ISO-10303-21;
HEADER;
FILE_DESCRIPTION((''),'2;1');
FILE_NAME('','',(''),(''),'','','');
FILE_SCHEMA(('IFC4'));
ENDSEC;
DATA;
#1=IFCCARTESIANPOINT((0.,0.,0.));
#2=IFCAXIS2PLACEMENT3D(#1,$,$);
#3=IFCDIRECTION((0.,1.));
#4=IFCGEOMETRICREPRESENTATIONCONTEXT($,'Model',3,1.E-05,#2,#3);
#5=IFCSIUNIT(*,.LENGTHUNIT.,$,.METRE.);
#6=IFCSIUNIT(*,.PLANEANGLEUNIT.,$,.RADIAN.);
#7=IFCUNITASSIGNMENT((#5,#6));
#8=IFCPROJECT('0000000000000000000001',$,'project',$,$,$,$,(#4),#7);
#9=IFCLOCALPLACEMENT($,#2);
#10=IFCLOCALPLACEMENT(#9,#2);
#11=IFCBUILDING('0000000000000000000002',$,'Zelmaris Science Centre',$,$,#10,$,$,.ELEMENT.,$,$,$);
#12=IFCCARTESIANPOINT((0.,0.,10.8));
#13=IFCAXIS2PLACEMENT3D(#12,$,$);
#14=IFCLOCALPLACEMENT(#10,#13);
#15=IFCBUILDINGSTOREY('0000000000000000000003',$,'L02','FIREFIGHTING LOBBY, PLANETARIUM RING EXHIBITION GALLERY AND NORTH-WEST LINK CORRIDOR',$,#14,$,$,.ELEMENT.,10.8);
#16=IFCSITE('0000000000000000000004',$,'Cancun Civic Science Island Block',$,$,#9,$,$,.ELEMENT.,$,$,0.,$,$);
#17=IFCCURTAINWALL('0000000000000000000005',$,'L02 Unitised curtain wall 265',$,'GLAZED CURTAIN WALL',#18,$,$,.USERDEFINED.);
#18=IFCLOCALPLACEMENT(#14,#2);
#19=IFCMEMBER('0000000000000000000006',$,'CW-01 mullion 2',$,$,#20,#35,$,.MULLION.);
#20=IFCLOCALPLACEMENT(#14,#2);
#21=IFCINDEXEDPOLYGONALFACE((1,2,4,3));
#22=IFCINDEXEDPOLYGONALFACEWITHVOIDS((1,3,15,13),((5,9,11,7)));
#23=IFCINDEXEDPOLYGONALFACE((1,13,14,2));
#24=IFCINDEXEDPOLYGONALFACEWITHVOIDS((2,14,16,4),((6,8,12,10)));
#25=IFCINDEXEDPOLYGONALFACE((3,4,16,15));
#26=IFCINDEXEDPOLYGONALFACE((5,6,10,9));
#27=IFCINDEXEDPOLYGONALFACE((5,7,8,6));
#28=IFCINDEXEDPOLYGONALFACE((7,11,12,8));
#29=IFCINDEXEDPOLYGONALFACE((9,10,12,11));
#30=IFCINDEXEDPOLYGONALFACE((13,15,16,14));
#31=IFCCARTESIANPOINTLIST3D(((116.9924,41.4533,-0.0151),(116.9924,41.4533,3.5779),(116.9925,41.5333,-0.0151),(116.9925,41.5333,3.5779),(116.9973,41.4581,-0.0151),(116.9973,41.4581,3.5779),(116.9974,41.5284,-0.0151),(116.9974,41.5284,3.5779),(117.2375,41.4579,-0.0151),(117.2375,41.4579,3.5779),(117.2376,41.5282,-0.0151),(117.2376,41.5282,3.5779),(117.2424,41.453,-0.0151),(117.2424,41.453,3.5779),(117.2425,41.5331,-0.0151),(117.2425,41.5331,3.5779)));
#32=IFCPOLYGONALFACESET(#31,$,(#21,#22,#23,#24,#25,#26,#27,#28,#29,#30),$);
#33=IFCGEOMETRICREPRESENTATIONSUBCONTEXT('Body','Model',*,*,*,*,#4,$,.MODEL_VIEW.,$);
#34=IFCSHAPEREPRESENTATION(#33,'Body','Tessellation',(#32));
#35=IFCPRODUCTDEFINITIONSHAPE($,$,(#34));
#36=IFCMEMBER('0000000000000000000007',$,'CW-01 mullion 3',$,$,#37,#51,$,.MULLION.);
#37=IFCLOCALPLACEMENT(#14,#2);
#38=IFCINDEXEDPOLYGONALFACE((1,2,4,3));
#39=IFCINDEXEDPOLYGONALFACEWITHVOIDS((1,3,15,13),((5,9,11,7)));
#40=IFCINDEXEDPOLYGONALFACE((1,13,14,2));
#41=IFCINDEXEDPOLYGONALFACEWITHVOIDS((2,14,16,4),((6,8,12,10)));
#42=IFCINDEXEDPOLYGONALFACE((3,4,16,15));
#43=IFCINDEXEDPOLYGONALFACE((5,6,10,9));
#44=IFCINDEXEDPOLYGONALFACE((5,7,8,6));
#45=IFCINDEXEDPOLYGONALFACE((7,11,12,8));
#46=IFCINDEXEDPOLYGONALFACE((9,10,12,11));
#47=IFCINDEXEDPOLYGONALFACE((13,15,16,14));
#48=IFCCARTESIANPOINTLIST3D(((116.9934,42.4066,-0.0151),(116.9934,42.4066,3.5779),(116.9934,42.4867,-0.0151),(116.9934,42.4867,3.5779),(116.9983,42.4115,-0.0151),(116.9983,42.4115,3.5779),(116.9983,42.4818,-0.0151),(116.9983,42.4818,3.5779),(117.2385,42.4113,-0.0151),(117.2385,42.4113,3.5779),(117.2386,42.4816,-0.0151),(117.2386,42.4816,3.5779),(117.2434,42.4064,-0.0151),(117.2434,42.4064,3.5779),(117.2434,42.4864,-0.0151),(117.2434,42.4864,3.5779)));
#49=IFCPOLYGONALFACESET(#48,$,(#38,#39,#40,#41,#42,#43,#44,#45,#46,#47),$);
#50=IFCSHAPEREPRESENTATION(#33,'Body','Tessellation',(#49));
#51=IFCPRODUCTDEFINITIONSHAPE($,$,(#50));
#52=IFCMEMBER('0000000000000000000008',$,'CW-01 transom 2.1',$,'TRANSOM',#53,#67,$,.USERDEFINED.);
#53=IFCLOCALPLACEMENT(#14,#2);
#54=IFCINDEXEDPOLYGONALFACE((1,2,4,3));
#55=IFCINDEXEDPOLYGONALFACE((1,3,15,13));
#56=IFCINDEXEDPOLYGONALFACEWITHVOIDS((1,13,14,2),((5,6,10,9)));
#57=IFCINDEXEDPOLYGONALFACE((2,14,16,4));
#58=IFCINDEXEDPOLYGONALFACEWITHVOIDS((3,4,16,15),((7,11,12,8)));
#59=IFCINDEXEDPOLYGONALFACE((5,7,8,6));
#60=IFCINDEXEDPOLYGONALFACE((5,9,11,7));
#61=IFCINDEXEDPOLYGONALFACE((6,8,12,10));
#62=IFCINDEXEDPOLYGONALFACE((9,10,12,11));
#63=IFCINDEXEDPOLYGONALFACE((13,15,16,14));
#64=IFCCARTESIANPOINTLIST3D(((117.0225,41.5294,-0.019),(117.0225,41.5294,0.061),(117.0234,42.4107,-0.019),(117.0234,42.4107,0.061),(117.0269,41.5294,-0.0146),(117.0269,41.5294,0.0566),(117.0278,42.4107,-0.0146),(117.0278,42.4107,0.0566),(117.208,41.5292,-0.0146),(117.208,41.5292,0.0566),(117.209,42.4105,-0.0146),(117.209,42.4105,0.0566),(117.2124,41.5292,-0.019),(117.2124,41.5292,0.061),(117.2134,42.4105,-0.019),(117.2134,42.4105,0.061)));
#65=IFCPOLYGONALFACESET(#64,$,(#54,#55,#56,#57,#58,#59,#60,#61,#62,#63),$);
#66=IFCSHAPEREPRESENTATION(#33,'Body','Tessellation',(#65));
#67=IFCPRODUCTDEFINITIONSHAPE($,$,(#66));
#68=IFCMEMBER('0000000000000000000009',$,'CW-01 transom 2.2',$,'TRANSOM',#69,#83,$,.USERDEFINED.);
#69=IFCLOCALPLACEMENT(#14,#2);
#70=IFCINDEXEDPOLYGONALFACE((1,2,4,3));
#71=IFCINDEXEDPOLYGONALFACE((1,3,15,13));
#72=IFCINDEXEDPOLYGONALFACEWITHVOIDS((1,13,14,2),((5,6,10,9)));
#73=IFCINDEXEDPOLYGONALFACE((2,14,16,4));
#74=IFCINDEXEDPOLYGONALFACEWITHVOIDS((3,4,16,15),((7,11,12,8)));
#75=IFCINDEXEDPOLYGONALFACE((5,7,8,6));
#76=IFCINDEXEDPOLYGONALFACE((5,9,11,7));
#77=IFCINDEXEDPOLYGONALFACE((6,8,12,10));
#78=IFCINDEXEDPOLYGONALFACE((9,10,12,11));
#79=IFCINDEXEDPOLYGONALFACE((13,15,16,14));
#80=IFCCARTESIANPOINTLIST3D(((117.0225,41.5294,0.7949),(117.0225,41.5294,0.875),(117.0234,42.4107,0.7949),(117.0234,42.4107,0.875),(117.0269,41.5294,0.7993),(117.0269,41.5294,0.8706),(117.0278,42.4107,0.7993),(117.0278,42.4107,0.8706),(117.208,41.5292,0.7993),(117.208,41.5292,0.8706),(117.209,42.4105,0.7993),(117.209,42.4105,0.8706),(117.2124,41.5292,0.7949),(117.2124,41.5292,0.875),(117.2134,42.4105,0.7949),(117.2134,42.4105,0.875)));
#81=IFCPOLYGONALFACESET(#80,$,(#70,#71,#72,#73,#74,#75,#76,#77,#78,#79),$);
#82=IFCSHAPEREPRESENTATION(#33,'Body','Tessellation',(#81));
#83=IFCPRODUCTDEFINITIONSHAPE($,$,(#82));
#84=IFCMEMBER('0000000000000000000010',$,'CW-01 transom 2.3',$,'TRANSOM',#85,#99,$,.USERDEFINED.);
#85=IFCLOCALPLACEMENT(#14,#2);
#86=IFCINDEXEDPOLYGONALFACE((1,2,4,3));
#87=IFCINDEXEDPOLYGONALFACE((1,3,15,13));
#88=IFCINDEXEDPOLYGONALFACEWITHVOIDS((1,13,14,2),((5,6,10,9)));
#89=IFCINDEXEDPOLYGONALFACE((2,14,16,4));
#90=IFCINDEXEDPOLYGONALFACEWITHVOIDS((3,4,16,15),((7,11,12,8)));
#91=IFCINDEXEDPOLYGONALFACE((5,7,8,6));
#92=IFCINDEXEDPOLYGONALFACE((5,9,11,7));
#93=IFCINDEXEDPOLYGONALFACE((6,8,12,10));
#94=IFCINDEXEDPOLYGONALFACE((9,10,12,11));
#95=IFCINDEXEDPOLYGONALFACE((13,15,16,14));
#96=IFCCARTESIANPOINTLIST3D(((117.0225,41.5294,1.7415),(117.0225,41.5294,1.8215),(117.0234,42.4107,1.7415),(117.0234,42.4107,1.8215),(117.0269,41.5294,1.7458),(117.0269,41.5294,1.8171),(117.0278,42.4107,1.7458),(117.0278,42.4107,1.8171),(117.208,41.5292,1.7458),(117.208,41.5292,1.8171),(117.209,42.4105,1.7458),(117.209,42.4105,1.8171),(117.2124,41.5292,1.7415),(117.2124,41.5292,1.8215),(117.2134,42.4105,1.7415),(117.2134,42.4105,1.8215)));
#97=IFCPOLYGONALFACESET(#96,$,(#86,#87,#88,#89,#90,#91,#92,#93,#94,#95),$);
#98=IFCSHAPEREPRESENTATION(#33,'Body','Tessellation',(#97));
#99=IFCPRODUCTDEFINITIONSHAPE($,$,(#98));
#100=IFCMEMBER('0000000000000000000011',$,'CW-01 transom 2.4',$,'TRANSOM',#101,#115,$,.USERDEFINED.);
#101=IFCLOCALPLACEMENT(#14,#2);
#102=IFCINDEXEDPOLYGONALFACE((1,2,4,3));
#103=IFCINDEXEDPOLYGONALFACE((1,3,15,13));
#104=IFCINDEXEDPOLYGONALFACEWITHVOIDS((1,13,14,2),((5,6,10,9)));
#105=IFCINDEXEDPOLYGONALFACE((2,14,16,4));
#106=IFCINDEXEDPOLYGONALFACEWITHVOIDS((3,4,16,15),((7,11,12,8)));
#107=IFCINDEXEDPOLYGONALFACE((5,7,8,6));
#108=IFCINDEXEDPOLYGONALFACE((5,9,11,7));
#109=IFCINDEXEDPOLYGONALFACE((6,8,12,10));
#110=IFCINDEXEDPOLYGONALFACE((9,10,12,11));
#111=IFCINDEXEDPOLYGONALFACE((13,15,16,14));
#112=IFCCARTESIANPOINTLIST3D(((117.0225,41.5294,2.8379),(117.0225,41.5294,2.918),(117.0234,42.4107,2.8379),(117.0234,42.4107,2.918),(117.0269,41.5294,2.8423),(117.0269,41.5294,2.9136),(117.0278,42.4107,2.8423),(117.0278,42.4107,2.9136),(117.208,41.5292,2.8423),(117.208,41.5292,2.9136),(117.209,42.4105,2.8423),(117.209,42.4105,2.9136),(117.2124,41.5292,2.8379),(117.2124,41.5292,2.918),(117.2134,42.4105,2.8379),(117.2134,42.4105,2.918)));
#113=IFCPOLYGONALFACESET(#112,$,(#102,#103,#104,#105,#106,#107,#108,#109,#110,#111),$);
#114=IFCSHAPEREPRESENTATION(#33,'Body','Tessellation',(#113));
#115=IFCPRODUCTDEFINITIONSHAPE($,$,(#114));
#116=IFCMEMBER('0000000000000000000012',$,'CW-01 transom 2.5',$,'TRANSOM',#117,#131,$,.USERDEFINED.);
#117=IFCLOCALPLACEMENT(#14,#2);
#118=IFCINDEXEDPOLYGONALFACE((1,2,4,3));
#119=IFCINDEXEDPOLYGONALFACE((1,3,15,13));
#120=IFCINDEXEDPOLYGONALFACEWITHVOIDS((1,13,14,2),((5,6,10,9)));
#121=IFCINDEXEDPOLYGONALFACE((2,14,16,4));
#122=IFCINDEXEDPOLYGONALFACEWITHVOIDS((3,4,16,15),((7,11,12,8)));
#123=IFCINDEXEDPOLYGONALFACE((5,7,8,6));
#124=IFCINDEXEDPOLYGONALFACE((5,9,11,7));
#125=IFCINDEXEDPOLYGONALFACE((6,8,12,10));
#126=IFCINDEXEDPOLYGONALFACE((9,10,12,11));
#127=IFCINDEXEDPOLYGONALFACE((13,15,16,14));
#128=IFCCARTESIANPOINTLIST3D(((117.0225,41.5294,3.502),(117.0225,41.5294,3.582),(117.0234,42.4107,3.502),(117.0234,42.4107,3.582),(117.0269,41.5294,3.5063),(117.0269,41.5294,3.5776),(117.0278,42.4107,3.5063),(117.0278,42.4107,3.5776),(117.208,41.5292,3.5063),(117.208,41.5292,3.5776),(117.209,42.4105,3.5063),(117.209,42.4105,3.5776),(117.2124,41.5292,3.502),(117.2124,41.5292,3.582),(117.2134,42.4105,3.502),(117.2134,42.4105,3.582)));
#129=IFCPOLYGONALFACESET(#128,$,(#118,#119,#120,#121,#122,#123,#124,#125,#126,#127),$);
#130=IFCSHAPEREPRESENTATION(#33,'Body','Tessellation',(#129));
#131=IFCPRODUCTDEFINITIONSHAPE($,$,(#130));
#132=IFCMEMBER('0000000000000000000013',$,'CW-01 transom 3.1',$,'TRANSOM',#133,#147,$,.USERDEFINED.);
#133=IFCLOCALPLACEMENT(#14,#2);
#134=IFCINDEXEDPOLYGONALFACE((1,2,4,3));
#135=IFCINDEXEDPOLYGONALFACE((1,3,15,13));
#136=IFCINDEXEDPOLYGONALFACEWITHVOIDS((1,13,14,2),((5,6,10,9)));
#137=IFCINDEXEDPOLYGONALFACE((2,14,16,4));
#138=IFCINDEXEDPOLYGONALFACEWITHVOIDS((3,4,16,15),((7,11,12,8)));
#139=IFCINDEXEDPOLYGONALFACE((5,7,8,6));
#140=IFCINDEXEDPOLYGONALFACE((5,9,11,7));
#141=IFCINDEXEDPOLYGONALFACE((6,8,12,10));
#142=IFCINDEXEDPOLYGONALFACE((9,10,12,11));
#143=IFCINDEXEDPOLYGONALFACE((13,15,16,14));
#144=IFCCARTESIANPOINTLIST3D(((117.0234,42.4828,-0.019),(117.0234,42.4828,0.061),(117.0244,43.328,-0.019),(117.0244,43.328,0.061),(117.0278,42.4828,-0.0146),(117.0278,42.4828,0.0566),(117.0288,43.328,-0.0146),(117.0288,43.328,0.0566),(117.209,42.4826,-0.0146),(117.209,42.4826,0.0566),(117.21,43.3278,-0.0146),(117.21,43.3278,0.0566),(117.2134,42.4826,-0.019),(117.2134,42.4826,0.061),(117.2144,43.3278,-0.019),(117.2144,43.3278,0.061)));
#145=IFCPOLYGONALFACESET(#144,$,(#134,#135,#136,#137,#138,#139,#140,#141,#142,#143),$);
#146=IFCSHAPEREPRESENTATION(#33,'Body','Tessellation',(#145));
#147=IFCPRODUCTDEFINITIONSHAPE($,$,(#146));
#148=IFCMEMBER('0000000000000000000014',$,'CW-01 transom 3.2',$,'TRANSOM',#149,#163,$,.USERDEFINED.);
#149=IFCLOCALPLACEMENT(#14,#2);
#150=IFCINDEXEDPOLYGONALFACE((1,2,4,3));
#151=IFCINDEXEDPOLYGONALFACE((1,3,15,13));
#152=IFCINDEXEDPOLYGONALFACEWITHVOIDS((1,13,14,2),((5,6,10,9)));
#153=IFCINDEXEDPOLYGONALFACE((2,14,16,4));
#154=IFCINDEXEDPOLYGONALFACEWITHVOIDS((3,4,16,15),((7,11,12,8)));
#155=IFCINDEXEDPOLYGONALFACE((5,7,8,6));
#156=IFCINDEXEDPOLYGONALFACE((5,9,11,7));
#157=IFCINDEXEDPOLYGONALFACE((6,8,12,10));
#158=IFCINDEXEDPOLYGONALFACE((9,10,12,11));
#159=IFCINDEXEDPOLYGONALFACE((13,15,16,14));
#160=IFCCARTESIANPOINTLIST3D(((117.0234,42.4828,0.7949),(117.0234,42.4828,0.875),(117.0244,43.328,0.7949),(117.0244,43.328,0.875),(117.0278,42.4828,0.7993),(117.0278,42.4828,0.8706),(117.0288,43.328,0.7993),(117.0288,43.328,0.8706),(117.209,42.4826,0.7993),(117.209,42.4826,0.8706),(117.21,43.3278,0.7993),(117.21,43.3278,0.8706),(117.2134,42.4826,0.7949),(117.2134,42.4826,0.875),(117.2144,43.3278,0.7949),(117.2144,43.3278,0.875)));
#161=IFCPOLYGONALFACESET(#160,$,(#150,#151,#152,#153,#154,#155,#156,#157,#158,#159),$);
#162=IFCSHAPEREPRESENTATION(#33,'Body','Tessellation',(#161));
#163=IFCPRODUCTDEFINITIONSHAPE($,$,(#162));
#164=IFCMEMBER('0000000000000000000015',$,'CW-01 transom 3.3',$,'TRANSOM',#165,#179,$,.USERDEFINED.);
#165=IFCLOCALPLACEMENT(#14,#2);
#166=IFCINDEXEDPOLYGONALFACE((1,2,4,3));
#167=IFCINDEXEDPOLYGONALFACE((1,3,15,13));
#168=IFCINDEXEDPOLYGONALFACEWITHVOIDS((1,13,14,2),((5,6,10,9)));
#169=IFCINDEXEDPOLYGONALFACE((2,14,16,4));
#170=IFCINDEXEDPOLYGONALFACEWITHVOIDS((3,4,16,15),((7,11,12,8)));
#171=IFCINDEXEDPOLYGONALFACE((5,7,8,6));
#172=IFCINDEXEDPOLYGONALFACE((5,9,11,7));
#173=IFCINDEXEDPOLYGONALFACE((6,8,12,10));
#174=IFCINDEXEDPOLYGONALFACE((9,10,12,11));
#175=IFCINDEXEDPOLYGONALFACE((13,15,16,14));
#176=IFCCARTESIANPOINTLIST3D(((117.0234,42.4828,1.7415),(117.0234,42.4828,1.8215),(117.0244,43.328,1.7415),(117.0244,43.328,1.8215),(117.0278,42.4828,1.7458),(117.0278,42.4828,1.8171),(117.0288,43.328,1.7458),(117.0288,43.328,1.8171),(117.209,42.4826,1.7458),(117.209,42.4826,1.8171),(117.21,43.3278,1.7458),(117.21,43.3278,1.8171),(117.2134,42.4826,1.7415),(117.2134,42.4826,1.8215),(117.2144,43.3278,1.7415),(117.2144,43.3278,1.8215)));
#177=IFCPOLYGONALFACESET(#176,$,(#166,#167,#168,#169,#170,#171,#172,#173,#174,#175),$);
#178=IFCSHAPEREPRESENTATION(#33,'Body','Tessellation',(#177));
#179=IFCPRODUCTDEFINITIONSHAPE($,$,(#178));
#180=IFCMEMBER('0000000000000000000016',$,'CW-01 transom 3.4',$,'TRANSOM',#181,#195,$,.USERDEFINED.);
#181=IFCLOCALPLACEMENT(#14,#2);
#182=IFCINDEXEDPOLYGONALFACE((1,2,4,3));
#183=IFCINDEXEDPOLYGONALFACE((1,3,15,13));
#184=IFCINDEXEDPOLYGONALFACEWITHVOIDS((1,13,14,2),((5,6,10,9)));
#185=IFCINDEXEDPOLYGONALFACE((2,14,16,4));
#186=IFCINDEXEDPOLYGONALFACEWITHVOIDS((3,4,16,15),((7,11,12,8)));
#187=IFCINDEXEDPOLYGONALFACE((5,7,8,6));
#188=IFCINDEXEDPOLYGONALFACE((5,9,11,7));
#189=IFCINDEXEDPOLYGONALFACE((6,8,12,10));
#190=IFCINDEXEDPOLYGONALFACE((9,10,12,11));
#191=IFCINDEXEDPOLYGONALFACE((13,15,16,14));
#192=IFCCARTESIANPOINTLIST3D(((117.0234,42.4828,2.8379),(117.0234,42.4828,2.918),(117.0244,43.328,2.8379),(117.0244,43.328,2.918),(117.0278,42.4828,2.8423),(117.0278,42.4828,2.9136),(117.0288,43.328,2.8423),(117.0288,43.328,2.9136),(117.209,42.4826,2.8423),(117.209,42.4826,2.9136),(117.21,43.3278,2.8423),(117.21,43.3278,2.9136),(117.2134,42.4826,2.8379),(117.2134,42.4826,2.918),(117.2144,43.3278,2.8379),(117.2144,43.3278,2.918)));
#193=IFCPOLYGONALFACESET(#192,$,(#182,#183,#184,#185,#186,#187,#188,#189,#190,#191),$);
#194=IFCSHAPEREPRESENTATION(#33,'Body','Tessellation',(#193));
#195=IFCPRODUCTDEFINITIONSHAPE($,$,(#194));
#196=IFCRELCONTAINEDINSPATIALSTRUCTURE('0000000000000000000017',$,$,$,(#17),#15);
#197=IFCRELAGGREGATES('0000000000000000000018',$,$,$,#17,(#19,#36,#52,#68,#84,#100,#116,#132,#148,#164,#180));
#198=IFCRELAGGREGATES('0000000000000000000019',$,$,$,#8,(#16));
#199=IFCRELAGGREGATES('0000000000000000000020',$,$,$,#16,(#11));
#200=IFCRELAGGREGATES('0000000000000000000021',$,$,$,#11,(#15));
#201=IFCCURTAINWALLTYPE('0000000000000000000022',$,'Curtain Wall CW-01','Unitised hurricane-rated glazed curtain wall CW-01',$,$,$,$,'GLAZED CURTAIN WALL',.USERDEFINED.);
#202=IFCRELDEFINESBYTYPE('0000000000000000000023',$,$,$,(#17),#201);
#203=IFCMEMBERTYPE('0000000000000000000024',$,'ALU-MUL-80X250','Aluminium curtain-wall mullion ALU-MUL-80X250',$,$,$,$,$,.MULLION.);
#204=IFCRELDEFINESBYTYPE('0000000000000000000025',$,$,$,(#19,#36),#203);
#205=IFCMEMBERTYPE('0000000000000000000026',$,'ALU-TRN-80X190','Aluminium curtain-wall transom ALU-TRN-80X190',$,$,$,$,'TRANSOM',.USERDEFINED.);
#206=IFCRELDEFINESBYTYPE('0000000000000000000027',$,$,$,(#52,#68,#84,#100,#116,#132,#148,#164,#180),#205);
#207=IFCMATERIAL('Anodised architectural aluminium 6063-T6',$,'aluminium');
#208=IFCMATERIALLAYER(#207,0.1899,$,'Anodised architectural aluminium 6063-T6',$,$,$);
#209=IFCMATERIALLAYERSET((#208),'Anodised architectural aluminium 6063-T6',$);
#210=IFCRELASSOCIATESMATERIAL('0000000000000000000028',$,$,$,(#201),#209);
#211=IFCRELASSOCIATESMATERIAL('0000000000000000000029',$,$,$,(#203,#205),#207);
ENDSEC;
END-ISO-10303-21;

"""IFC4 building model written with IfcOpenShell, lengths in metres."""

from ifc_helpers import new_model, si_unit, direction, frame, origin, origin_2d, place, context, subcontext, project, spatial, hollow_rectangle, extrude, material, layer, layer_set, material_profile, profile_set, type_object, element, aggregate, save


model = new_model("IFC4")

# Units and contexts
model_context = context("Model", 3, precision=1e-05, world=origin(), true_north=direction((0.0, 1.0)))
body_context = subcontext(model_context, "Body", "Model", "MODEL_VIEW")
ifc_project = project(units=[si_unit("LENGTHUNIT", "METRE"), si_unit("PLANEANGLEUNIT", "RADIAN")], contexts=[model_context])

# Site, building, storey
site_placement = place(None, origin())
site = spatial("IfcSite", under=ifc_project, at=site_placement, Name="Cancun Civic Science Island Block", CompositionType="ELEMENT", RefElevation=0.0)
building_placement = place(site_placement, origin())
building = spatial("IfcBuilding", under=site, at=building_placement, Name="Zelmaris Science Centre", CompositionType="ELEMENT")
storey_placement = place(building_placement, frame((0.0, 0.0, 10.8)))
storey = spatial("IfcBuildingStorey", under=building, at=storey_placement, Name="L02", Description="FIREFIGHTING LOBBY, PLANETARIUM RING EXHIBITION GALLERY AND NORTH-WEST LINK CORRIDOR", CompositionType="ELEMENT", Elevation=10.8)

# Curtain wall, members
ifc_material_1 = material(Name="Anodised architectural aluminium 6063-T6", Category="aluminium")
ifc_layer_1 = layer(ifc_material_1, 0.1899, Name="Anodised architectural aluminium 6063-T6")
ifc_layer_set_1 = layer_set([ifc_layer_1], Name="Anodised architectural aluminium 6063-T6")
curtain_wall_type = type_object("IfcCurtainWallType", Name="Curtain Wall CW-01", Description="Unitised hurricane-rated glazed curtain wall CW-01", ElementType="GLAZED CURTAIN WALL", PredefinedType="USERDEFINED", material=ifc_layer_set_1)
curtain_wall_placement = place(storey_placement, origin())
curtain_wall = element("IfcCurtainWall", 1, at=curtain_wall_placement, inside=storey, type_object=curtain_wall_type, Name="L02 Unitised curtain wall 265", ObjectType="GLAZED CURTAIN WALL", PredefinedType="USERDEFINED")
ifc_material_profile_1 = material_profile(ifc_material_1, hollow_rectangle(XDim=0.0801, YDim=0.25, WallThickness=0.0049, at=origin_2d()), Name="ALU-MUL-80X250")
ifc_profile_set_1 = profile_set([ifc_material_profile_1], Name="Anodised architectural aluminium 6063-T6")
member_type_1 = type_object("IfcMemberType", Name="ALU-MUL-80X250", Description="Aluminium curtain-wall mullion ALU-MUL-80X250", PredefinedType="MULLION", material=ifc_profile_set_1)
member_1_placement = place(storey_placement, frame((117.1174, 41.4932, -0.0151), z_axis=(0.0, 0.0, 1.0), x_axis=(0.001019, 0.999999, 0.0)))
member_1 = element("IfcMember", 2, at=member_1_placement, type_object=member_type_1, Name="CW-01 mullion 2", PredefinedType="MULLION", context=body_context, shape_type="SweptSolid", body=[
    extrude(hollow_rectangle(XDim=0.0801, YDim=0.25, WallThickness=0.0049, at=origin_2d()), origin(), (0.0, 0.0, 1.0), 3.593),
])
member_2_placement = place(storey_placement, frame((117.1184, 42.4465, -0.0151), z_axis=(0.0, 0.0, 1.0), x_axis=(0.001019, 0.999999, 0.0)))
member_2 = element("IfcMember", 3, at=member_2_placement, type_object=member_type_1, Name="CW-01 mullion 3", PredefinedType="MULLION", context=body_context, shape_type="SweptSolid", body=[
    extrude(hollow_rectangle(XDim=0.0801, YDim=0.25, WallThickness=0.0049, at=origin_2d()), origin(), (0.0, 0.0, 1.0), 3.593),
])
ifc_material_profile_2 = material_profile(ifc_material_1, hollow_rectangle(XDim=0.0801, YDim=0.1899, WallThickness=0.0044, at=origin_2d()), Name="ALU-TRN-80X190")
ifc_profile_set_2 = profile_set([ifc_material_profile_2], Name="Anodised architectural aluminium 6063-T6")
member_type_2 = type_object("IfcMemberType", Name="ALU-TRN-80X190", Description="Aluminium curtain-wall transom ALU-TRN-80X190", ElementType="TRANSOM", PredefinedType="USERDEFINED", material=ifc_profile_set_2)
member_3_placement = place(storey_placement, frame((117.1174, 41.5293, 0.021), z_axis=(0.001108, 0.999999, 0.0), x_axis=(0.0, 0.0, 1.0)))
member_3 = element("IfcMember", 4, at=member_3_placement, type_object=member_type_2, Name="CW-01 transom 2.1", ObjectType="TRANSOM", PredefinedType="USERDEFINED", context=body_context, shape_type="SweptSolid", body=[
    extrude(hollow_rectangle(XDim=0.0801, YDim=0.1899, WallThickness=0.0044, at=origin_2d()), origin(), (0.0, 0.0, 1.0), 0.8813),
])
member_4_placement = place(storey_placement, frame((117.1174, 41.5293, 0.835), z_axis=(0.001108, 0.999999, 0.0), x_axis=(0.0, 0.0, 1.0)))
member_4 = element("IfcMember", 5, at=member_4_placement, type_object=member_type_2, Name="CW-01 transom 2.2", ObjectType="TRANSOM", PredefinedType="USERDEFINED", context=body_context, shape_type="SweptSolid", body=[
    extrude(hollow_rectangle(XDim=0.0801, YDim=0.1899, WallThickness=0.0044, at=origin_2d()), origin(), (0.0, 0.0, 1.0), 0.8813),
])
member_5_placement = place(storey_placement, frame((117.1174, 41.5293, 1.7815), z_axis=(0.001108, 0.999999, 0.0), x_axis=(0.0, 0.0, 1.0)))
member_5 = element("IfcMember", 6, at=member_5_placement, type_object=member_type_2, Name="CW-01 transom 2.3", ObjectType="TRANSOM", PredefinedType="USERDEFINED", context=body_context, shape_type="SweptSolid", body=[
    extrude(hollow_rectangle(XDim=0.0801, YDim=0.1899, WallThickness=0.0044, at=origin_2d()), origin(), (0.0, 0.0, 1.0), 0.8813),
])
member_6_placement = place(storey_placement, frame((117.1174, 41.5293, 2.8779), z_axis=(0.001108, 0.999999, 0.0), x_axis=(0.0, 0.0, 1.0)))
member_6 = element("IfcMember", 7, at=member_6_placement, type_object=member_type_2, Name="CW-01 transom 2.4", ObjectType="TRANSOM", PredefinedType="USERDEFINED", context=body_context, shape_type="SweptSolid", body=[
    extrude(hollow_rectangle(XDim=0.0801, YDim=0.1899, WallThickness=0.0044, at=origin_2d()), origin(), (0.0, 0.0, 1.0), 0.8813),
])
member_7_placement = place(storey_placement, frame((117.1174, 41.5293, 3.542), z_axis=(0.001108, 0.999999, 0.0), x_axis=(0.0, 0.0, 1.0)))
member_7 = element("IfcMember", 8, at=member_7_placement, type_object=member_type_2, Name="CW-01 transom 2.5", ObjectType="TRANSOM", PredefinedType="USERDEFINED", context=body_context, shape_type="SweptSolid", body=[
    extrude(hollow_rectangle(XDim=0.0801, YDim=0.1899, WallThickness=0.0044, at=origin_2d()), origin(), (0.0, 0.0, 1.0), 0.8813),
])
member_8_placement = place(storey_placement, frame((117.1184, 42.4827, 0.021), z_axis=(0.001155, 0.999999, 0.0), x_axis=(0.0, 0.0, 1.0)))
member_8 = element("IfcMember", 9, at=member_8_placement, type_object=member_type_2, Name="CW-01 transom 3.1", ObjectType="TRANSOM", PredefinedType="USERDEFINED", context=body_context, shape_type="SweptSolid", body=[
    extrude(hollow_rectangle(XDim=0.0801, YDim=0.1899, WallThickness=0.0044, at=origin_2d()), origin(), (0.0, 0.0, 1.0), 0.8452),
])
member_9_placement = place(storey_placement, frame((117.1184, 42.4827, 0.835), z_axis=(0.001155, 0.999999, 0.0), x_axis=(0.0, 0.0, 1.0)))
member_9 = element("IfcMember", 10, at=member_9_placement, type_object=member_type_2, Name="CW-01 transom 3.2", ObjectType="TRANSOM", PredefinedType="USERDEFINED", context=body_context, shape_type="SweptSolid", body=[
    extrude(hollow_rectangle(XDim=0.0801, YDim=0.1899, WallThickness=0.0044, at=origin_2d()), origin(), (0.0, 0.0, 1.0), 0.8452),
])
member_10_placement = place(storey_placement, frame((117.1184, 42.4827, 1.7815), z_axis=(0.001155, 0.999999, 0.0), x_axis=(0.0, 0.0, 1.0)))
member_10 = element("IfcMember", 11, at=member_10_placement, type_object=member_type_2, Name="CW-01 transom 3.3", ObjectType="TRANSOM", PredefinedType="USERDEFINED", context=body_context, shape_type="SweptSolid", body=[
    extrude(hollow_rectangle(XDim=0.0801, YDim=0.1899, WallThickness=0.0044, at=origin_2d()), origin(), (0.0, 0.0, 1.0), 0.8452),
])
member_11_placement = place(storey_placement, frame((117.1184, 42.4827, 2.8779), z_axis=(0.001155, 0.999999, 0.0), x_axis=(0.0, 0.0, 1.0)))
member_11 = element("IfcMember", 12, at=member_11_placement, type_object=member_type_2, Name="CW-01 transom 3.4", ObjectType="TRANSOM", PredefinedType="USERDEFINED", context=body_context, shape_type="SweptSolid", body=[
    extrude(hollow_rectangle(XDim=0.0801, YDim=0.1899, WallThickness=0.0044, at=origin_2d()), origin(), (0.0, 0.0, 1.0), 0.8452),
])
aggregate(curtain_wall, [member_1, member_2, member_3, member_4, member_5, member_6, member_7, member_8, member_9, member_10, member_11])

save(model, "model.ifc")
